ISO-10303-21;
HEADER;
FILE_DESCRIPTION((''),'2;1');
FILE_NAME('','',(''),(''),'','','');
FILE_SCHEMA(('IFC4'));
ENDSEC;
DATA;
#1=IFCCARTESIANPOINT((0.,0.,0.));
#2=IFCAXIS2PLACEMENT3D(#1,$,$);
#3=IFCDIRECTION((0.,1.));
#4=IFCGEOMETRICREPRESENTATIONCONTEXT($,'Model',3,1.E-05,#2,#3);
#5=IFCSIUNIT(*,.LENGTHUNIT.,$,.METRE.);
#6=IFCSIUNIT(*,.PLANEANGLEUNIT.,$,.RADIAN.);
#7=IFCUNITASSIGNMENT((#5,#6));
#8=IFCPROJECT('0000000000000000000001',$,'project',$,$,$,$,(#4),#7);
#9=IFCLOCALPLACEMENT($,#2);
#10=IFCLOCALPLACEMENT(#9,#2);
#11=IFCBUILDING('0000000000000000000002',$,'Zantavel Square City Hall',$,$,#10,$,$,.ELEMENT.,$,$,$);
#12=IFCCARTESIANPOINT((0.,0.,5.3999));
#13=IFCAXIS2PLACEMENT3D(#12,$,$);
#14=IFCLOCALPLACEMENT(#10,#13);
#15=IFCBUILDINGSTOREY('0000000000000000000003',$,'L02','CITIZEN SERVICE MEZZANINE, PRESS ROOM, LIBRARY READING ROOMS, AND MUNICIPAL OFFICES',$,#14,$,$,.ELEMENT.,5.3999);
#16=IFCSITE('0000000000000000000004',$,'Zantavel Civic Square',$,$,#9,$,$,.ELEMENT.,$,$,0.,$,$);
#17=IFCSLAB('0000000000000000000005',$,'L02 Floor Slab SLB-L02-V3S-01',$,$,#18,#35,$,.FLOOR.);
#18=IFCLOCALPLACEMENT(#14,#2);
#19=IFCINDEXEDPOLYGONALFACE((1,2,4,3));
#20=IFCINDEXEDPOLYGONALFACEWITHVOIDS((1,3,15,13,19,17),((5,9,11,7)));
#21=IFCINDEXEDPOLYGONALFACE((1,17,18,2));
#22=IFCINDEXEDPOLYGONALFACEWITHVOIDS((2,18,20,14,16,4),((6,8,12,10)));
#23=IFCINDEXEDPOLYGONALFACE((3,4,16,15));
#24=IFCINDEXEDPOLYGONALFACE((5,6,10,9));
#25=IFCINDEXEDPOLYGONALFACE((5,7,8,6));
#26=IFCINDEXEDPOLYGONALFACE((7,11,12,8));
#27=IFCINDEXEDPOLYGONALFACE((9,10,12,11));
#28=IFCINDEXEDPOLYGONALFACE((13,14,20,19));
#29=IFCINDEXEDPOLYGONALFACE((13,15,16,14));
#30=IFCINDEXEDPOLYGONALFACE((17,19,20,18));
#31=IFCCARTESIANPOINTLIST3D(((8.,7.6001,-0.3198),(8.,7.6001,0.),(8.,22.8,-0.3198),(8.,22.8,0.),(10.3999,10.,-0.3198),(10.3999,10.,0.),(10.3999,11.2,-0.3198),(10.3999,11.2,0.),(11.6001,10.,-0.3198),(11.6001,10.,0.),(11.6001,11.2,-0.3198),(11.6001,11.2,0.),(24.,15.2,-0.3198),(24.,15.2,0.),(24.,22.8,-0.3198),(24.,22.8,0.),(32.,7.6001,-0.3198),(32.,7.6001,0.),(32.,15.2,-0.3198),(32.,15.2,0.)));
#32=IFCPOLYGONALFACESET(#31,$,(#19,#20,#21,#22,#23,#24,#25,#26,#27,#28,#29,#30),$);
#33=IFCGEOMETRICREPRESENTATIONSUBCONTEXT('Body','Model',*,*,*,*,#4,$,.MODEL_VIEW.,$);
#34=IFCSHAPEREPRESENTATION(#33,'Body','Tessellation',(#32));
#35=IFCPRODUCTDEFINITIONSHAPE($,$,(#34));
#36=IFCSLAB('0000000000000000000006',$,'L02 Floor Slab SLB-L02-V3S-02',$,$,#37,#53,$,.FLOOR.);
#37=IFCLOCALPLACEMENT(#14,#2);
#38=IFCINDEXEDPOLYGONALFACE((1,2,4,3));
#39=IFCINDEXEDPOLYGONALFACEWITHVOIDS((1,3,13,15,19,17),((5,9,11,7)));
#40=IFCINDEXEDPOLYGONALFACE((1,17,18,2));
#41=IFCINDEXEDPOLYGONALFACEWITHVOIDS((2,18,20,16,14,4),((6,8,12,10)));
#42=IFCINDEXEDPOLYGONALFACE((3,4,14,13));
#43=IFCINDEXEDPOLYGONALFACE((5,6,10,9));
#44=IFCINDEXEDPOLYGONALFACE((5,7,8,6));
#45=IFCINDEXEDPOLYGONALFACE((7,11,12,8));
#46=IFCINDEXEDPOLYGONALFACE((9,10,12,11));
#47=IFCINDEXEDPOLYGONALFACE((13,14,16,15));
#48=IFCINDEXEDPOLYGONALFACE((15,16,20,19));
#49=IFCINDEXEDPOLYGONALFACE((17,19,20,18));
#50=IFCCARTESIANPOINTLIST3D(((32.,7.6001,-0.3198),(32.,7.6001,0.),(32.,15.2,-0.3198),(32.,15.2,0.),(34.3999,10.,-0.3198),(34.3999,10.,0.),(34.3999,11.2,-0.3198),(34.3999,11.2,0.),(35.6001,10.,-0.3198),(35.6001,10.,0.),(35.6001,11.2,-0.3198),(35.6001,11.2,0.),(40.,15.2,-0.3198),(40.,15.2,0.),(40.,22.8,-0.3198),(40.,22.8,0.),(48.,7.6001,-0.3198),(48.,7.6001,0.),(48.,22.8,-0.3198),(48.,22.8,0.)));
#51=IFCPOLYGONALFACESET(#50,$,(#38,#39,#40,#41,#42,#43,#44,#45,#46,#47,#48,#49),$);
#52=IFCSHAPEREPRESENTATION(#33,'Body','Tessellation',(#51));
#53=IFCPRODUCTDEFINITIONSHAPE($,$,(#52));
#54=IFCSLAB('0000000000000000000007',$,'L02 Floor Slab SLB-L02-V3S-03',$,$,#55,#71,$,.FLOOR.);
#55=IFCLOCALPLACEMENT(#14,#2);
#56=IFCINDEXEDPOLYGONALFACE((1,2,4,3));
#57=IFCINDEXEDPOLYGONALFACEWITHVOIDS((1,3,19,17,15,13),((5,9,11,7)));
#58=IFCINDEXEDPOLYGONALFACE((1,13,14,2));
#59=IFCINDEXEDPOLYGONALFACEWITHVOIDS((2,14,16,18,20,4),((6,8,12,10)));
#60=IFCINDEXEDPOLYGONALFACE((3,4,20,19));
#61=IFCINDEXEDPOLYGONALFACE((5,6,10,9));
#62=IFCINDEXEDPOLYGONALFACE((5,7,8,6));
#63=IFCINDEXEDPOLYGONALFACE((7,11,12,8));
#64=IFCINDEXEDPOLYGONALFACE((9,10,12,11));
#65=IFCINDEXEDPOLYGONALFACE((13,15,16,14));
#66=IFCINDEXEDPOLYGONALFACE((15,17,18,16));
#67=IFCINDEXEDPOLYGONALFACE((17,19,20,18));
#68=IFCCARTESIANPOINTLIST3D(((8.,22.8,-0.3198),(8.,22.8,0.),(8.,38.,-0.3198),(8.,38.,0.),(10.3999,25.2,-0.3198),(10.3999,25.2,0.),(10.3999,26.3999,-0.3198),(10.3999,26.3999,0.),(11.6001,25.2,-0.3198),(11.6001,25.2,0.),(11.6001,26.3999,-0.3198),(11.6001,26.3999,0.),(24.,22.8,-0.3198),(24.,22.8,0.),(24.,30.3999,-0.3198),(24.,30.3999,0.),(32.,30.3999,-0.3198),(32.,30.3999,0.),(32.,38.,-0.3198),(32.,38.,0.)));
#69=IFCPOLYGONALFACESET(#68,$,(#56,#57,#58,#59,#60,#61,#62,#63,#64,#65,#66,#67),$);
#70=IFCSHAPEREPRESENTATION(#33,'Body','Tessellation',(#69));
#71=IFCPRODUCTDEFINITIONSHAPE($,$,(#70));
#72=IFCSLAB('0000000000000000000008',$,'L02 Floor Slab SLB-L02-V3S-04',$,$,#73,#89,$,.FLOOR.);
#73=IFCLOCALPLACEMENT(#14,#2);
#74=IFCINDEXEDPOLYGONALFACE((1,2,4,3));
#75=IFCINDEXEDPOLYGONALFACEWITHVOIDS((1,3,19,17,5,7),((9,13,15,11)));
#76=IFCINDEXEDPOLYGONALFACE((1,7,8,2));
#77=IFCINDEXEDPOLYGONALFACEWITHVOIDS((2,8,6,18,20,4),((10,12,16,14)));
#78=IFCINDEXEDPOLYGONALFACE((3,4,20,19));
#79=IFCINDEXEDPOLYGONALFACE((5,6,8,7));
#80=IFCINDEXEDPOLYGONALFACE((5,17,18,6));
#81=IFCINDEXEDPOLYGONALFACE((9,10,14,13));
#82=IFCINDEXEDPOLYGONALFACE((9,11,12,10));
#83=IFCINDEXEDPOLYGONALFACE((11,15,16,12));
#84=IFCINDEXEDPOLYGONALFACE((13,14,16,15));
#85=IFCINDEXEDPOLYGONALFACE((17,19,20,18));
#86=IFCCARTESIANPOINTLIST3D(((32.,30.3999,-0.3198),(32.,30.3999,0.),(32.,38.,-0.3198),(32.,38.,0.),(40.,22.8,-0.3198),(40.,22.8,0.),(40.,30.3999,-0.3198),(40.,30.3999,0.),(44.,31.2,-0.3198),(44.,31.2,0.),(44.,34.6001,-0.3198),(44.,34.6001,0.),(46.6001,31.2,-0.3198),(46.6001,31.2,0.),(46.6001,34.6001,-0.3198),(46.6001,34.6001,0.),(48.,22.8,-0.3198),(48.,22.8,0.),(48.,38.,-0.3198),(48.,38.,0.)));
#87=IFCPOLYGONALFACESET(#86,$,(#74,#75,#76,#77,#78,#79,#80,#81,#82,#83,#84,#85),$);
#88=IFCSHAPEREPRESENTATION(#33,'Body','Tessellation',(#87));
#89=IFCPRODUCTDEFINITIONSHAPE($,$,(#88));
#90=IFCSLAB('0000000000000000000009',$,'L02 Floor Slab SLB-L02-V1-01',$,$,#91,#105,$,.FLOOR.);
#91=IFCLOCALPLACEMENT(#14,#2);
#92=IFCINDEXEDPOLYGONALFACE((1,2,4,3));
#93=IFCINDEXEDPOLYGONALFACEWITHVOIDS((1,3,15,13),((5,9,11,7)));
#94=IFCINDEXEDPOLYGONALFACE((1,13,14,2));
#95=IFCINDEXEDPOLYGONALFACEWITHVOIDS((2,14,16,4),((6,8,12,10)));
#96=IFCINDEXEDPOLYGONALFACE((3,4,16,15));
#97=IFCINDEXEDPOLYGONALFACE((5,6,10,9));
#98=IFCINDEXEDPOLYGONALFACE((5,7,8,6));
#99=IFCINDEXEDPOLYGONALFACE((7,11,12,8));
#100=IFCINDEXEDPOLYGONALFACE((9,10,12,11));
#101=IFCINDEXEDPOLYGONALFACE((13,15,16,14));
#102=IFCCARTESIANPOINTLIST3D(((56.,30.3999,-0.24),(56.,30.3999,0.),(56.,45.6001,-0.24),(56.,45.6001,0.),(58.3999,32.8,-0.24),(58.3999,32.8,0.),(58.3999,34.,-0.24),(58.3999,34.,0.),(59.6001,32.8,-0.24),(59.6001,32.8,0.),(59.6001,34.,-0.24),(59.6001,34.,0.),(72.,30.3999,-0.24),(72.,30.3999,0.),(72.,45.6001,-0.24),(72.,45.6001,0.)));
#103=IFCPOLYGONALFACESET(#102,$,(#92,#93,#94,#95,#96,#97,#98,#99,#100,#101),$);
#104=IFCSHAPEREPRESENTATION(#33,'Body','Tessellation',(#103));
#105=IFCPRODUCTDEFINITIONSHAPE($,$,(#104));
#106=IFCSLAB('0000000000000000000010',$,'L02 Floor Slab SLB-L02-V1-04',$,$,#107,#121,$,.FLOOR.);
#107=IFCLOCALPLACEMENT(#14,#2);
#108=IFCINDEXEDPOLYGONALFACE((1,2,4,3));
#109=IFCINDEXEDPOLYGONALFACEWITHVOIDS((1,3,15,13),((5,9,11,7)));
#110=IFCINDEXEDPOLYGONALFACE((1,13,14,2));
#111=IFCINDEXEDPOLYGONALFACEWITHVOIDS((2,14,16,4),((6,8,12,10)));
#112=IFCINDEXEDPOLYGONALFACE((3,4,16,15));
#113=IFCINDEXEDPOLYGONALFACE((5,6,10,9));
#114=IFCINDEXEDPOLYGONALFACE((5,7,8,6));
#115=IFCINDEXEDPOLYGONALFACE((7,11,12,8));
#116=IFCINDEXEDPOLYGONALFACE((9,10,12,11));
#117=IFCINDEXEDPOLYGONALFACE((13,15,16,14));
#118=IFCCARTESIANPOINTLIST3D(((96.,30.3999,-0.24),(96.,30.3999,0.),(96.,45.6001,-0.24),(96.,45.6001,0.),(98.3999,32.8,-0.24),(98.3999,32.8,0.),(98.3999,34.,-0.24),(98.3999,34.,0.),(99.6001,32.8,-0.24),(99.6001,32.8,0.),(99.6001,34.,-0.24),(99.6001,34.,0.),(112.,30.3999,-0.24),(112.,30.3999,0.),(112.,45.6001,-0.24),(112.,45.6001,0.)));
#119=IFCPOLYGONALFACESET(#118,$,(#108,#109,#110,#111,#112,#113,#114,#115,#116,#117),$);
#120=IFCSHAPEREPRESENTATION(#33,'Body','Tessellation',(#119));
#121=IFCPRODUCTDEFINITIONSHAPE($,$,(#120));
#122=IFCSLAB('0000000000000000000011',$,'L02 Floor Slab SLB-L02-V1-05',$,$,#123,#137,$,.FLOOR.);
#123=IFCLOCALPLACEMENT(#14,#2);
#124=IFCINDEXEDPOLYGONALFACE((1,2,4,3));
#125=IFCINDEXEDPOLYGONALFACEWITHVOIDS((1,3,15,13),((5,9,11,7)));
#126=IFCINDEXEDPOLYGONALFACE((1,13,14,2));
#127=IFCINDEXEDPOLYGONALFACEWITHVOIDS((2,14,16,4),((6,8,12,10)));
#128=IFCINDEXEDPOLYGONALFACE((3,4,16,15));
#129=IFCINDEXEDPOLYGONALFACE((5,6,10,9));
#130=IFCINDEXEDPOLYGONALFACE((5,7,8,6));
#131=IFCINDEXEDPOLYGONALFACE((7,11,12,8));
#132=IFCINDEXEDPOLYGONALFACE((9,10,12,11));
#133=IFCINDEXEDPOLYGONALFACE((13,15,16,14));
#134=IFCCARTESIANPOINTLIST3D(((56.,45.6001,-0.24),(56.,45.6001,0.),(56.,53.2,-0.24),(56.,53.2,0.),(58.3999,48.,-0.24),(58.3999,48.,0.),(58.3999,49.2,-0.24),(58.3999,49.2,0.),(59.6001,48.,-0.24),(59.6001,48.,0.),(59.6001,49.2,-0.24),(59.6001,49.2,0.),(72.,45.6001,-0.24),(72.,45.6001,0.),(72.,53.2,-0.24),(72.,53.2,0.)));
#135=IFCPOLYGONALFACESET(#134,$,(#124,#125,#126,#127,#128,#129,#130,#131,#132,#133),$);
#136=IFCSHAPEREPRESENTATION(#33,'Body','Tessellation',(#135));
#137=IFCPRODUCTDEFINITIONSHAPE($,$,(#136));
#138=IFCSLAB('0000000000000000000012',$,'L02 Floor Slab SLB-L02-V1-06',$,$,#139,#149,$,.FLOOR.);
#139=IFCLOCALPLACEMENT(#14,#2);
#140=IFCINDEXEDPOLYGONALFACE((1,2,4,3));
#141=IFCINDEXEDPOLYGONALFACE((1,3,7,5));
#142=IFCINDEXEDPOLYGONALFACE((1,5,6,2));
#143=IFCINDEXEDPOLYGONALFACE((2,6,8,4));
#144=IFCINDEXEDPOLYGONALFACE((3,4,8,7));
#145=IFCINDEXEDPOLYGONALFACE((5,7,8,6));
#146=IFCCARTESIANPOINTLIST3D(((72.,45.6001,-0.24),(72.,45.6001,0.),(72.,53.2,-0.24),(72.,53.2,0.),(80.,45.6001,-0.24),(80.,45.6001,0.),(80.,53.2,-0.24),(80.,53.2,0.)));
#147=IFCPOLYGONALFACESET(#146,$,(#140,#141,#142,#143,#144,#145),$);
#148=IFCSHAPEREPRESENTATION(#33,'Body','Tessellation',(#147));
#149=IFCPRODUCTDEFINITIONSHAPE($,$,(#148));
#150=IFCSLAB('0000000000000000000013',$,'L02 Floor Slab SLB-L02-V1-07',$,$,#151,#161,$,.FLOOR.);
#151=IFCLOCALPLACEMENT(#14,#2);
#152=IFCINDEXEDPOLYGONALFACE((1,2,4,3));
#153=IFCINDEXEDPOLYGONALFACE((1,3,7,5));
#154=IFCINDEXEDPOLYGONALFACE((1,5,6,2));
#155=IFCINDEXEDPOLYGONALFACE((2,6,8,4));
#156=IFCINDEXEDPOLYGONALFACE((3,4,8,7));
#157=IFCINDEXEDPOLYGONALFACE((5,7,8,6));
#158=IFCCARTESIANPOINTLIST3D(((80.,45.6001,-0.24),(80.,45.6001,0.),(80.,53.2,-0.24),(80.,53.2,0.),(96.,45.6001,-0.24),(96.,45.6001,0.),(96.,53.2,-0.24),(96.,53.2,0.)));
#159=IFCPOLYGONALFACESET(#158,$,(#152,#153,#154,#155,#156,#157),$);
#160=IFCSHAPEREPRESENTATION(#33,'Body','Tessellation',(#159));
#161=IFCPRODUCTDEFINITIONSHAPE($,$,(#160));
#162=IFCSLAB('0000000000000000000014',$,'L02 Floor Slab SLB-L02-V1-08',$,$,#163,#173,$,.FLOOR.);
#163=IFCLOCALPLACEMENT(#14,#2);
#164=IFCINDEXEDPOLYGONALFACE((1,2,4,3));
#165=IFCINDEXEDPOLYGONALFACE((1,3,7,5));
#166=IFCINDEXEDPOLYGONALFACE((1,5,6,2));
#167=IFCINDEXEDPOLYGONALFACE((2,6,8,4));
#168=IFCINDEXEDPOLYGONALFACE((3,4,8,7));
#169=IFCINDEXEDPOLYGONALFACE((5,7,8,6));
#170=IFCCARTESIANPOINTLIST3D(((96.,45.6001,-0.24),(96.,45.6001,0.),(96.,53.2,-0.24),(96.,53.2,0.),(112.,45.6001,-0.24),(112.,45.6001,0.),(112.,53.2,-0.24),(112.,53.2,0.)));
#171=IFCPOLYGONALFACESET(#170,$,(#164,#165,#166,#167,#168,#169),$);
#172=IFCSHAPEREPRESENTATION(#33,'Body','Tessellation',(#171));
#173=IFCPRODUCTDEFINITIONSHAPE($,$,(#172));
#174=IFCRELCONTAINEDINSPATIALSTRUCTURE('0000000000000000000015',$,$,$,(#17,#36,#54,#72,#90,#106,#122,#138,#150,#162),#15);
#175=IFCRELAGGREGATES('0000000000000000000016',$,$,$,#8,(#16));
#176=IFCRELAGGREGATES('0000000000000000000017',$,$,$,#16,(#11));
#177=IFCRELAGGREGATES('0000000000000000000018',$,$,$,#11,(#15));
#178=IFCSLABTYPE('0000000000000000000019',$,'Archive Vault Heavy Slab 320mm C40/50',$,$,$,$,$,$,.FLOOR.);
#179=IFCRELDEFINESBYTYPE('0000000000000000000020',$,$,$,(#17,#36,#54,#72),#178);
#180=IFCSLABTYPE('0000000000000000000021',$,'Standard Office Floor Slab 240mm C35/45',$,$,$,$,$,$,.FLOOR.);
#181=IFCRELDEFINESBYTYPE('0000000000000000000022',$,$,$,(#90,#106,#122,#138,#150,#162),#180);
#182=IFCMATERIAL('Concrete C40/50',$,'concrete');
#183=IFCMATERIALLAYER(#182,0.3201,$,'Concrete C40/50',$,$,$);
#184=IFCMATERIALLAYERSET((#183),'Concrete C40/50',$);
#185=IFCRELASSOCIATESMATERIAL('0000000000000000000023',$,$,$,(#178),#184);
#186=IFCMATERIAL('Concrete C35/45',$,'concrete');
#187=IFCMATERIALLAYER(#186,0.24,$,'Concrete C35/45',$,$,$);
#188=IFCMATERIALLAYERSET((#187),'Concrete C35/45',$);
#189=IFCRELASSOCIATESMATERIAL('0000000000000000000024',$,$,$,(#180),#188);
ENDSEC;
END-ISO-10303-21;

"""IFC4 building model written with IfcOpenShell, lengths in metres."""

from ifc_helpers import new_model, si_unit, direction, frame, origin, place, context, subcontext, project, spatial, polyline, outline, extrude, material, layer, layer_set, type_object, element, save


model = new_model("IFC4")

# Units and contexts
model_context = context("Model", 3, precision=1e-05, world=origin(), true_north=direction((0.0, 1.0)))
body_context = subcontext(model_context, "Body", "Model", "MODEL_VIEW")
ifc_project = project(units=[si_unit("LENGTHUNIT", "METRE"), si_unit("PLANEANGLEUNIT", "RADIAN")], contexts=[model_context])

# Site, building, storey
site_placement = place(None, origin())
site = spatial("IfcSite", under=ifc_project, at=site_placement, Name="Zantavel Civic Square", CompositionType="ELEMENT", RefElevation=0.0)
building_placement = place(site_placement, origin())
building = spatial("IfcBuilding", under=site, at=building_placement, Name="Zantavel Square City Hall", CompositionType="ELEMENT")
storey_placement = place(building_placement, frame((0.0, 0.0, 5.3999)))
storey = spatial("IfcBuildingStorey", under=building, at=storey_placement, Name="L02", Description="CITIZEN SERVICE MEZZANINE, PRESS ROOM, LIBRARY READING ROOMS, AND MUNICIPAL OFFICES", CompositionType="ELEMENT", Elevation=5.3999)

# Slabs
ifc_material_1 = material(Name="Concrete C40/50", Category="concrete")
ifc_layer_1 = layer(ifc_material_1, 0.3201, Name="Concrete C40/50")
ifc_layer_set_1 = layer_set([ifc_layer_1], Name="Concrete C40/50")
slab_type_1 = type_object("IfcSlabType", Name="Archive Vault Heavy Slab 320mm C40/50", PredefinedType="FLOOR", material=ifc_layer_set_1)
slab_1_placement = place(storey_placement, frame((0.0, 0.0, -0.3198)))
element("IfcSlab", 1, at=slab_1_placement, inside=storey, type_object=slab_type_1, Name="L02 Floor Slab SLB-L02-V3S-01", PredefinedType="FLOOR", context=body_context, shape_type="SweptSolid", body=[
    extrude(outline(polyline([(24.0, 22.8), (24.0, 15.2), (32.0, 15.2), (32.0, 7.6001), (8.0, 7.6001), (8.0, 22.8), (24.0, 22.8)]), holes=[polyline([(11.6001, 11.2), (10.3999, 11.2), (10.3999, 10.0), (11.6001, 10.0), (11.6001, 11.2)])]), origin(), (0.0, 0.0, 1.0), 0.3198),
])
slab_2_placement = place(storey_placement, frame((0.0, 0.0, -0.3198)))
element("IfcSlab", 2, at=slab_2_placement, inside=storey, type_object=slab_type_1, Name="L02 Floor Slab SLB-L02-V3S-02", PredefinedType="FLOOR", context=body_context, shape_type="SweptSolid", body=[
    extrude(outline(polyline([(48.0, 7.6001), (32.0, 7.6001), (32.0, 15.2), (40.0, 15.2), (40.0, 22.8), (48.0, 22.8), (48.0, 7.6001)]), holes=[polyline([(35.6001, 11.2), (34.3999, 11.2), (34.3999, 10.0), (35.6001, 10.0), (35.6001, 11.2)])]), origin(), (0.0, 0.0, 1.0), 0.3198),
])
slab_3_placement = place(storey_placement, frame((0.0, 0.0, -0.3198)))
element("IfcSlab", 3, at=slab_3_placement, inside=storey, type_object=slab_type_1, Name="L02 Floor Slab SLB-L02-V3S-03", PredefinedType="FLOOR", context=body_context, shape_type="SweptSolid", body=[
    extrude(outline(polyline([(32.0, 30.3999), (24.0, 30.3999), (24.0, 22.8), (8.0, 22.8), (8.0, 38.0), (32.0, 38.0), (32.0, 30.3999)]), holes=[polyline([(11.6001, 26.3999), (10.3999, 26.3999), (10.3999, 25.2), (11.6001, 25.2), (11.6001, 26.3999)])]), origin(), (0.0, 0.0, 1.0), 0.3198),
])
slab_4_placement = place(storey_placement, frame((0.0, 0.0, -0.3198)))
element("IfcSlab", 4, at=slab_4_placement, inside=storey, type_object=slab_type_1, Name="L02 Floor Slab SLB-L02-V3S-04", PredefinedType="FLOOR", context=body_context, shape_type="SweptSolid", body=[
    extrude(outline(polyline([(40.0, 22.8), (40.0, 30.3999), (32.0, 30.3999), (32.0, 38.0), (48.0, 38.0), (48.0, 22.8), (40.0, 22.8)]), holes=[polyline([(46.6001, 34.6001), (44.0, 34.6001), (44.0, 31.2), (46.6001, 31.2), (46.6001, 34.6001)])]), origin(), (0.0, 0.0, 1.0), 0.3198),
])
ifc_material_2 = material(Name="Concrete C35/45", Category="concrete")
ifc_layer_2 = layer(ifc_material_2, 0.24, Name="Concrete C35/45")
ifc_layer_set_2 = layer_set([ifc_layer_2], Name="Concrete C35/45")
slab_type_2 = type_object("IfcSlabType", Name="Standard Office Floor Slab 240mm C35/45", PredefinedType="FLOOR", material=ifc_layer_set_2)
slab_5_placement = place(storey_placement, frame((0.0, 0.0, -0.24)))
element("IfcSlab", 5, at=slab_5_placement, inside=storey, type_object=slab_type_2, Name="L02 Floor Slab SLB-L02-V1-01", PredefinedType="FLOOR", context=body_context, shape_type="SweptSolid", body=[
    extrude(outline(polyline([(72.0, 45.6001), (72.0, 30.3999), (56.0, 30.3999), (56.0, 45.6001), (72.0, 45.6001)]), holes=[polyline([(59.6001, 34.0), (58.3999, 34.0), (58.3999, 32.8), (59.6001, 32.8), (59.6001, 34.0)])]), origin(), (0.0, 0.0, 1.0), 0.24),
])
slab_6_placement = place(storey_placement, frame((0.0, 0.0, -0.24)))
element("IfcSlab", 6, at=slab_6_placement, inside=storey, type_object=slab_type_2, Name="L02 Floor Slab SLB-L02-V1-04", PredefinedType="FLOOR", context=body_context, shape_type="SweptSolid", body=[
    extrude(outline(polyline([(112.0, 45.6001), (112.0, 30.3999), (96.0, 30.3999), (96.0, 45.6001), (112.0, 45.6001)]), holes=[polyline([(99.6001, 34.0), (98.3999, 34.0), (98.3999, 32.8), (99.6001, 32.8), (99.6001, 34.0)])]), origin(), (0.0, 0.0, 1.0), 0.24),
])
slab_7_placement = place(storey_placement, frame((0.0, 0.0, -0.24)))
element("IfcSlab", 7, at=slab_7_placement, inside=storey, type_object=slab_type_2, Name="L02 Floor Slab SLB-L02-V1-05", PredefinedType="FLOOR", context=body_context, shape_type="SweptSolid", body=[
    extrude(outline(polyline([(72.0, 45.6001), (72.0, 45.6001), (56.0, 45.6001), (56.0, 53.2), (72.0, 53.2), (72.0, 45.6001)]), holes=[polyline([(59.6001, 49.2), (58.3999, 49.2), (58.3999, 48.0), (59.6001, 48.0), (59.6001, 49.2)])]), origin(), (0.0, 0.0, 1.0), 0.24),
])
slab_8_placement = place(storey_placement, frame((0.0, 0.0, -0.24)))
element("IfcSlab", 8, at=slab_8_placement, inside=storey, type_object=slab_type_2, Name="L02 Floor Slab SLB-L02-V1-06", PredefinedType="FLOOR", context=body_context, shape_type="SweptSolid", body=[
    extrude(outline(polyline([(80.0, 45.6001), (72.0, 45.6001), (72.0, 53.2), (80.0, 53.2), (80.0, 45.6001)])), origin(), (0.0, 0.0, 1.0), 0.24),
])
slab_9_placement = place(storey_placement, frame((0.0, 0.0, -0.24)))
element("IfcSlab", 9, at=slab_9_placement, inside=storey, type_object=slab_type_2, Name="L02 Floor Slab SLB-L02-V1-07", PredefinedType="FLOOR", context=body_context, shape_type="SweptSolid", body=[
    extrude(outline(polyline([(96.0, 45.6001), (80.0, 45.6001), (80.0, 53.2), (96.0, 53.2), (96.0, 45.6001)])), origin(), (0.0, 0.0, 1.0), 0.24),
])
slab_10_placement = place(storey_placement, frame((0.0, 0.0, -0.24)))
element("IfcSlab", 10, at=slab_10_placement, inside=storey, type_object=slab_type_2, Name="L02 Floor Slab SLB-L02-V1-08", PredefinedType="FLOOR", context=body_context, shape_type="SweptSolid", body=[
    extrude(outline(polyline([(112.0, 45.6001), (96.0, 45.6001), (96.0, 45.6001), (96.0, 53.2), (112.0, 53.2), (112.0, 45.6001)])), origin(), (0.0, 0.0, 1.0), 0.24),
])

save(model, "model.ifc")
